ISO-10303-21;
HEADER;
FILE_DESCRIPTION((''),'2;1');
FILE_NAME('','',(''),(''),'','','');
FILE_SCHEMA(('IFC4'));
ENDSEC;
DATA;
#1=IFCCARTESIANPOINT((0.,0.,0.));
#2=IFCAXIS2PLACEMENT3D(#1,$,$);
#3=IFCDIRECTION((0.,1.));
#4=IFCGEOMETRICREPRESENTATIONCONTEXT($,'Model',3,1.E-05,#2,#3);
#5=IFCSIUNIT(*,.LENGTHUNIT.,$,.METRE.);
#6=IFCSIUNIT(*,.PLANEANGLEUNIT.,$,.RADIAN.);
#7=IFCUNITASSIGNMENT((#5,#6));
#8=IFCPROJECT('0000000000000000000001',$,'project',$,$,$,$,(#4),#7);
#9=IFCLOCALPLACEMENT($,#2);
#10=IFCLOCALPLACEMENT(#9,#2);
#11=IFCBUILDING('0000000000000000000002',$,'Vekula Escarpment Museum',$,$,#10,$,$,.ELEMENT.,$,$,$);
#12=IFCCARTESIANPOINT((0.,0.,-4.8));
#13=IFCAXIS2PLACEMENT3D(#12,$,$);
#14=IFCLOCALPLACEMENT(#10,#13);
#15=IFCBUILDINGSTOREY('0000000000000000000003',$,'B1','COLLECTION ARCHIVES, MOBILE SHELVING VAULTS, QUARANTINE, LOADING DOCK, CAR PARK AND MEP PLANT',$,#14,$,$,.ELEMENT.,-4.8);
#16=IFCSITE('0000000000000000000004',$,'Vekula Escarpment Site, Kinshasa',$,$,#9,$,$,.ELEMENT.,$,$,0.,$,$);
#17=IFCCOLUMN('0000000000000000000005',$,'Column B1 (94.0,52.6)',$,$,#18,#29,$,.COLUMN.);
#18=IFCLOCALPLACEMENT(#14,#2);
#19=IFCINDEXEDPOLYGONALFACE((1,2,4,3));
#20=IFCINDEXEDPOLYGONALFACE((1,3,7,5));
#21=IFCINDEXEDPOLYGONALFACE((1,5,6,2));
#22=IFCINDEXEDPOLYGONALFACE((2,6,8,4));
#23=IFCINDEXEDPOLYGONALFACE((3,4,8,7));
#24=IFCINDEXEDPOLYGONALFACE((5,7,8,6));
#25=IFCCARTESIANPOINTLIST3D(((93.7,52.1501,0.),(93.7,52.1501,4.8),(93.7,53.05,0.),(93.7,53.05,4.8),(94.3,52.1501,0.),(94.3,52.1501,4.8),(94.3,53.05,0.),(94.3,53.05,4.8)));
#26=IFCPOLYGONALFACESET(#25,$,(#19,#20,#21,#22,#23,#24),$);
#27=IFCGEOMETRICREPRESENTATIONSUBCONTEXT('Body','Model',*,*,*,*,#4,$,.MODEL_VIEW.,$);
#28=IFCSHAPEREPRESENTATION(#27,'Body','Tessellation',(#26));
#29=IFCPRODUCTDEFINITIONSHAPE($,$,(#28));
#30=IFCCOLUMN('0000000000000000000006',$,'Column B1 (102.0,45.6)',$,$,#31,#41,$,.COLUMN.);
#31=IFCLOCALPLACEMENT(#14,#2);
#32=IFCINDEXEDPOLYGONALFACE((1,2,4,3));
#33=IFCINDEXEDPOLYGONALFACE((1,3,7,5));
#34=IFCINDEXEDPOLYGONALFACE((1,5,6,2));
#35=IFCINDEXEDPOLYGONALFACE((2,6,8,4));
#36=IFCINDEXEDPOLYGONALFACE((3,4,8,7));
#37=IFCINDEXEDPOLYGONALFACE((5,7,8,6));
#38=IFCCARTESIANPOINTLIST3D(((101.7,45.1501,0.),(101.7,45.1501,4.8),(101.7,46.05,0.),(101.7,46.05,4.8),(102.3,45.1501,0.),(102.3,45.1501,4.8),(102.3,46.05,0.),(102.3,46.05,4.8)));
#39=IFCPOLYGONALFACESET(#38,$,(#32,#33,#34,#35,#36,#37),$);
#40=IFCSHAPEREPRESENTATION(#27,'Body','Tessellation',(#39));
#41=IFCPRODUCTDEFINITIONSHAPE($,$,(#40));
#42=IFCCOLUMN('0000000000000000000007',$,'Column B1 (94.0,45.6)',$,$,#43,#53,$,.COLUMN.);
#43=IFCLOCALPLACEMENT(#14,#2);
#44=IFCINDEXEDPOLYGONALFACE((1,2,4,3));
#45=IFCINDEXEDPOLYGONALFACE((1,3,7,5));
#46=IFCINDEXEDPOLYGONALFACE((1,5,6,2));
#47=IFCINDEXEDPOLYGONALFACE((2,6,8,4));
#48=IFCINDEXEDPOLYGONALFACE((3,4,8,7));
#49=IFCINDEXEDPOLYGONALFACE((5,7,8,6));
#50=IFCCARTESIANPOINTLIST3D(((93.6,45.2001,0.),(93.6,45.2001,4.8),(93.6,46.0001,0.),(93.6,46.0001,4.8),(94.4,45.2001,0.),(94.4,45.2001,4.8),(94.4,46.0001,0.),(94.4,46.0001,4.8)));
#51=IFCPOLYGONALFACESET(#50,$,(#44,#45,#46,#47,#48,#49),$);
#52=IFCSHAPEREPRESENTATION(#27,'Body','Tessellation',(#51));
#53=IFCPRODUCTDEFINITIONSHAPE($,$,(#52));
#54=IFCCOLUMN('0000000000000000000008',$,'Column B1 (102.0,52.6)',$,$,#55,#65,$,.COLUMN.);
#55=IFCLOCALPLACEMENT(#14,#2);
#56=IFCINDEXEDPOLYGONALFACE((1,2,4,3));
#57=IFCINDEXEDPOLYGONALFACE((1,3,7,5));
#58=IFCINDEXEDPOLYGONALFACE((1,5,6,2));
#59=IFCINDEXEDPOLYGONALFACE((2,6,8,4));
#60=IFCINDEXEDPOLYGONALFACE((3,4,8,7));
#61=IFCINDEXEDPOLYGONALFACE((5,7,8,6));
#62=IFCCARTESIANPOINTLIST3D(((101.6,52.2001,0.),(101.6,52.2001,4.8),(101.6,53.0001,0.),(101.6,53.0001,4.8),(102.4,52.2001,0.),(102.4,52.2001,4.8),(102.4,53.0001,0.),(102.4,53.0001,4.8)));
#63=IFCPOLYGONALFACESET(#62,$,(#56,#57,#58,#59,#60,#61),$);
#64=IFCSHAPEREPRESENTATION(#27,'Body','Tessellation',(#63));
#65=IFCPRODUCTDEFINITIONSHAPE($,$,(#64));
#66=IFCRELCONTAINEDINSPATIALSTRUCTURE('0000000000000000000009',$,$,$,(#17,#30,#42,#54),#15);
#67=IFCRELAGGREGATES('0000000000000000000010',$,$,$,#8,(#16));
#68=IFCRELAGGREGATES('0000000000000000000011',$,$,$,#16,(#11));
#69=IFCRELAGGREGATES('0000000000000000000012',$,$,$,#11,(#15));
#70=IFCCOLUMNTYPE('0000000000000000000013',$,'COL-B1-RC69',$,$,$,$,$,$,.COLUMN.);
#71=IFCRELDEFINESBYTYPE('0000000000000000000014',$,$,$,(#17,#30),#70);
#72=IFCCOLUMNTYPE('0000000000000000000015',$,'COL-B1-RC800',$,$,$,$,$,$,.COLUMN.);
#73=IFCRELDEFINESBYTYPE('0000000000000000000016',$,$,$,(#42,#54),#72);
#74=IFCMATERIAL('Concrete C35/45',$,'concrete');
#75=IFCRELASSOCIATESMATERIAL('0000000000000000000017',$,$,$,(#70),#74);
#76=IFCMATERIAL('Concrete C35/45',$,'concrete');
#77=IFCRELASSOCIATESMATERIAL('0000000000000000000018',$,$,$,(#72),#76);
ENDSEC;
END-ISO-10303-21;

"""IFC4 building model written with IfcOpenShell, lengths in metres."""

from ifc_helpers import new_model, si_unit, direction, frame, origin, origin_2d, place, context, subcontext, project, spatial, rectangle, extrude, material, material_profile, profile_set, type_object, element, save


model = new_model("IFC4")

# Units and contexts
model_context = context("Model", 3, precision=1e-05, world=origin(), true_north=direction((0.0, 1.0)))
body_context = subcontext(model_context, "Body", "Model", "MODEL_VIEW")
ifc_project = project(units=[si_unit("LENGTHUNIT", "METRE"), si_unit("PLANEANGLEUNIT", "RADIAN")], contexts=[model_context])

# Site, building, storey
site_placement = place(None, origin())
site = spatial("IfcSite", under=ifc_project, at=site_placement, Name="Vekula Escarpment Site, Kinshasa", CompositionType="ELEMENT", RefElevation=0.0)
building_placement = place(site_placement, origin())
building = spatial("IfcBuilding", under=site, at=building_placement, Name="Vekula Escarpment Museum", CompositionType="ELEMENT")
storey_placement = place(building_placement, frame((0.0, 0.0, -4.8)))
storey = spatial("IfcBuildingStorey", under=building, at=storey_placement, Name="B1", Description="COLLECTION ARCHIVES, MOBILE SHELVING VAULTS, QUARANTINE, LOADING DOCK, CAR PARK AND MEP PLANT", CompositionType="ELEMENT", Elevation=-4.8)

# Columns
ifc_material_1 = material(Name="Concrete C35/45", Category="concrete")
ifc_material_profile_1 = material_profile(ifc_material_1, rectangle(XDim=0.6001, YDim=0.8999, at=origin_2d()), Name="RC 600x900")
ifc_profile_set_1 = profile_set([ifc_material_profile_1], Name="Concrete C35/45")
column_type_1 = type_object("IfcColumnType", Name="COL-B1-RC69", PredefinedType="COLUMN", material=ifc_profile_set_1)
for number, where, z_axis, x_axis, name in (
    (1, (94.0, 52.6001, 0.0), (0.0, 0.0, 1.0), (1.0, 0.0, 0.0), "Column B1 (94.0,52.6)"),
    (2, (102.0, 45.6001, 0.0), (0.0, 0.0, 1.0), (1.0, 0.0, 0.0), "Column B1 (102.0,45.6)"),
):
    element("IfcColumn", number, at=place(storey_placement, frame(where, z_axis=z_axis, x_axis=x_axis)), inside=storey, type_object=column_type_1, Name=name, PredefinedType="COLUMN", context=body_context, shape_type="SweptSolid", body=[
        extrude(rectangle(XDim=0.6001, YDim=0.8999, at=origin_2d()), origin(), (0.0, 0.0, 1.0), 4.8),
    ])
ifc_material_2 = material(Name="Concrete C35/45", Category="concrete")
ifc_material_profile_2 = material_profile(ifc_material_2, rectangle(XDim=0.8, YDim=0.8, at=origin_2d()), Name="RC 800x800")
ifc_profile_set_2 = profile_set([ifc_material_profile_2], Name="Concrete C35/45")
column_type_2 = type_object("IfcColumnType", Name="COL-B1-RC800", PredefinedType="COLUMN", material=ifc_profile_set_2)
for number, where, z_axis, x_axis, name in (
    (3, (94.0, 45.6001, 0.0), (0.0, 0.0, 1.0), (1.0, 0.0, 0.0), "Column B1 (94.0,45.6)"),
    (4, (102.0, 52.6001, 0.0), (0.0, 0.0, 1.0), (1.0, 0.0, 0.0), "Column B1 (102.0,52.6)"),
):
    element("IfcColumn", number, at=place(storey_placement, frame(where, z_axis=z_axis, x_axis=x_axis)), inside=storey, type_object=column_type_2, Name=name, PredefinedType="COLUMN", context=body_context, shape_type="SweptSolid", body=[
        extrude(rectangle(XDim=0.8, YDim=0.8, at=origin_2d()), origin(), (0.0, 0.0, 1.0), 4.8),
    ])

save(model, "model.ifc")
